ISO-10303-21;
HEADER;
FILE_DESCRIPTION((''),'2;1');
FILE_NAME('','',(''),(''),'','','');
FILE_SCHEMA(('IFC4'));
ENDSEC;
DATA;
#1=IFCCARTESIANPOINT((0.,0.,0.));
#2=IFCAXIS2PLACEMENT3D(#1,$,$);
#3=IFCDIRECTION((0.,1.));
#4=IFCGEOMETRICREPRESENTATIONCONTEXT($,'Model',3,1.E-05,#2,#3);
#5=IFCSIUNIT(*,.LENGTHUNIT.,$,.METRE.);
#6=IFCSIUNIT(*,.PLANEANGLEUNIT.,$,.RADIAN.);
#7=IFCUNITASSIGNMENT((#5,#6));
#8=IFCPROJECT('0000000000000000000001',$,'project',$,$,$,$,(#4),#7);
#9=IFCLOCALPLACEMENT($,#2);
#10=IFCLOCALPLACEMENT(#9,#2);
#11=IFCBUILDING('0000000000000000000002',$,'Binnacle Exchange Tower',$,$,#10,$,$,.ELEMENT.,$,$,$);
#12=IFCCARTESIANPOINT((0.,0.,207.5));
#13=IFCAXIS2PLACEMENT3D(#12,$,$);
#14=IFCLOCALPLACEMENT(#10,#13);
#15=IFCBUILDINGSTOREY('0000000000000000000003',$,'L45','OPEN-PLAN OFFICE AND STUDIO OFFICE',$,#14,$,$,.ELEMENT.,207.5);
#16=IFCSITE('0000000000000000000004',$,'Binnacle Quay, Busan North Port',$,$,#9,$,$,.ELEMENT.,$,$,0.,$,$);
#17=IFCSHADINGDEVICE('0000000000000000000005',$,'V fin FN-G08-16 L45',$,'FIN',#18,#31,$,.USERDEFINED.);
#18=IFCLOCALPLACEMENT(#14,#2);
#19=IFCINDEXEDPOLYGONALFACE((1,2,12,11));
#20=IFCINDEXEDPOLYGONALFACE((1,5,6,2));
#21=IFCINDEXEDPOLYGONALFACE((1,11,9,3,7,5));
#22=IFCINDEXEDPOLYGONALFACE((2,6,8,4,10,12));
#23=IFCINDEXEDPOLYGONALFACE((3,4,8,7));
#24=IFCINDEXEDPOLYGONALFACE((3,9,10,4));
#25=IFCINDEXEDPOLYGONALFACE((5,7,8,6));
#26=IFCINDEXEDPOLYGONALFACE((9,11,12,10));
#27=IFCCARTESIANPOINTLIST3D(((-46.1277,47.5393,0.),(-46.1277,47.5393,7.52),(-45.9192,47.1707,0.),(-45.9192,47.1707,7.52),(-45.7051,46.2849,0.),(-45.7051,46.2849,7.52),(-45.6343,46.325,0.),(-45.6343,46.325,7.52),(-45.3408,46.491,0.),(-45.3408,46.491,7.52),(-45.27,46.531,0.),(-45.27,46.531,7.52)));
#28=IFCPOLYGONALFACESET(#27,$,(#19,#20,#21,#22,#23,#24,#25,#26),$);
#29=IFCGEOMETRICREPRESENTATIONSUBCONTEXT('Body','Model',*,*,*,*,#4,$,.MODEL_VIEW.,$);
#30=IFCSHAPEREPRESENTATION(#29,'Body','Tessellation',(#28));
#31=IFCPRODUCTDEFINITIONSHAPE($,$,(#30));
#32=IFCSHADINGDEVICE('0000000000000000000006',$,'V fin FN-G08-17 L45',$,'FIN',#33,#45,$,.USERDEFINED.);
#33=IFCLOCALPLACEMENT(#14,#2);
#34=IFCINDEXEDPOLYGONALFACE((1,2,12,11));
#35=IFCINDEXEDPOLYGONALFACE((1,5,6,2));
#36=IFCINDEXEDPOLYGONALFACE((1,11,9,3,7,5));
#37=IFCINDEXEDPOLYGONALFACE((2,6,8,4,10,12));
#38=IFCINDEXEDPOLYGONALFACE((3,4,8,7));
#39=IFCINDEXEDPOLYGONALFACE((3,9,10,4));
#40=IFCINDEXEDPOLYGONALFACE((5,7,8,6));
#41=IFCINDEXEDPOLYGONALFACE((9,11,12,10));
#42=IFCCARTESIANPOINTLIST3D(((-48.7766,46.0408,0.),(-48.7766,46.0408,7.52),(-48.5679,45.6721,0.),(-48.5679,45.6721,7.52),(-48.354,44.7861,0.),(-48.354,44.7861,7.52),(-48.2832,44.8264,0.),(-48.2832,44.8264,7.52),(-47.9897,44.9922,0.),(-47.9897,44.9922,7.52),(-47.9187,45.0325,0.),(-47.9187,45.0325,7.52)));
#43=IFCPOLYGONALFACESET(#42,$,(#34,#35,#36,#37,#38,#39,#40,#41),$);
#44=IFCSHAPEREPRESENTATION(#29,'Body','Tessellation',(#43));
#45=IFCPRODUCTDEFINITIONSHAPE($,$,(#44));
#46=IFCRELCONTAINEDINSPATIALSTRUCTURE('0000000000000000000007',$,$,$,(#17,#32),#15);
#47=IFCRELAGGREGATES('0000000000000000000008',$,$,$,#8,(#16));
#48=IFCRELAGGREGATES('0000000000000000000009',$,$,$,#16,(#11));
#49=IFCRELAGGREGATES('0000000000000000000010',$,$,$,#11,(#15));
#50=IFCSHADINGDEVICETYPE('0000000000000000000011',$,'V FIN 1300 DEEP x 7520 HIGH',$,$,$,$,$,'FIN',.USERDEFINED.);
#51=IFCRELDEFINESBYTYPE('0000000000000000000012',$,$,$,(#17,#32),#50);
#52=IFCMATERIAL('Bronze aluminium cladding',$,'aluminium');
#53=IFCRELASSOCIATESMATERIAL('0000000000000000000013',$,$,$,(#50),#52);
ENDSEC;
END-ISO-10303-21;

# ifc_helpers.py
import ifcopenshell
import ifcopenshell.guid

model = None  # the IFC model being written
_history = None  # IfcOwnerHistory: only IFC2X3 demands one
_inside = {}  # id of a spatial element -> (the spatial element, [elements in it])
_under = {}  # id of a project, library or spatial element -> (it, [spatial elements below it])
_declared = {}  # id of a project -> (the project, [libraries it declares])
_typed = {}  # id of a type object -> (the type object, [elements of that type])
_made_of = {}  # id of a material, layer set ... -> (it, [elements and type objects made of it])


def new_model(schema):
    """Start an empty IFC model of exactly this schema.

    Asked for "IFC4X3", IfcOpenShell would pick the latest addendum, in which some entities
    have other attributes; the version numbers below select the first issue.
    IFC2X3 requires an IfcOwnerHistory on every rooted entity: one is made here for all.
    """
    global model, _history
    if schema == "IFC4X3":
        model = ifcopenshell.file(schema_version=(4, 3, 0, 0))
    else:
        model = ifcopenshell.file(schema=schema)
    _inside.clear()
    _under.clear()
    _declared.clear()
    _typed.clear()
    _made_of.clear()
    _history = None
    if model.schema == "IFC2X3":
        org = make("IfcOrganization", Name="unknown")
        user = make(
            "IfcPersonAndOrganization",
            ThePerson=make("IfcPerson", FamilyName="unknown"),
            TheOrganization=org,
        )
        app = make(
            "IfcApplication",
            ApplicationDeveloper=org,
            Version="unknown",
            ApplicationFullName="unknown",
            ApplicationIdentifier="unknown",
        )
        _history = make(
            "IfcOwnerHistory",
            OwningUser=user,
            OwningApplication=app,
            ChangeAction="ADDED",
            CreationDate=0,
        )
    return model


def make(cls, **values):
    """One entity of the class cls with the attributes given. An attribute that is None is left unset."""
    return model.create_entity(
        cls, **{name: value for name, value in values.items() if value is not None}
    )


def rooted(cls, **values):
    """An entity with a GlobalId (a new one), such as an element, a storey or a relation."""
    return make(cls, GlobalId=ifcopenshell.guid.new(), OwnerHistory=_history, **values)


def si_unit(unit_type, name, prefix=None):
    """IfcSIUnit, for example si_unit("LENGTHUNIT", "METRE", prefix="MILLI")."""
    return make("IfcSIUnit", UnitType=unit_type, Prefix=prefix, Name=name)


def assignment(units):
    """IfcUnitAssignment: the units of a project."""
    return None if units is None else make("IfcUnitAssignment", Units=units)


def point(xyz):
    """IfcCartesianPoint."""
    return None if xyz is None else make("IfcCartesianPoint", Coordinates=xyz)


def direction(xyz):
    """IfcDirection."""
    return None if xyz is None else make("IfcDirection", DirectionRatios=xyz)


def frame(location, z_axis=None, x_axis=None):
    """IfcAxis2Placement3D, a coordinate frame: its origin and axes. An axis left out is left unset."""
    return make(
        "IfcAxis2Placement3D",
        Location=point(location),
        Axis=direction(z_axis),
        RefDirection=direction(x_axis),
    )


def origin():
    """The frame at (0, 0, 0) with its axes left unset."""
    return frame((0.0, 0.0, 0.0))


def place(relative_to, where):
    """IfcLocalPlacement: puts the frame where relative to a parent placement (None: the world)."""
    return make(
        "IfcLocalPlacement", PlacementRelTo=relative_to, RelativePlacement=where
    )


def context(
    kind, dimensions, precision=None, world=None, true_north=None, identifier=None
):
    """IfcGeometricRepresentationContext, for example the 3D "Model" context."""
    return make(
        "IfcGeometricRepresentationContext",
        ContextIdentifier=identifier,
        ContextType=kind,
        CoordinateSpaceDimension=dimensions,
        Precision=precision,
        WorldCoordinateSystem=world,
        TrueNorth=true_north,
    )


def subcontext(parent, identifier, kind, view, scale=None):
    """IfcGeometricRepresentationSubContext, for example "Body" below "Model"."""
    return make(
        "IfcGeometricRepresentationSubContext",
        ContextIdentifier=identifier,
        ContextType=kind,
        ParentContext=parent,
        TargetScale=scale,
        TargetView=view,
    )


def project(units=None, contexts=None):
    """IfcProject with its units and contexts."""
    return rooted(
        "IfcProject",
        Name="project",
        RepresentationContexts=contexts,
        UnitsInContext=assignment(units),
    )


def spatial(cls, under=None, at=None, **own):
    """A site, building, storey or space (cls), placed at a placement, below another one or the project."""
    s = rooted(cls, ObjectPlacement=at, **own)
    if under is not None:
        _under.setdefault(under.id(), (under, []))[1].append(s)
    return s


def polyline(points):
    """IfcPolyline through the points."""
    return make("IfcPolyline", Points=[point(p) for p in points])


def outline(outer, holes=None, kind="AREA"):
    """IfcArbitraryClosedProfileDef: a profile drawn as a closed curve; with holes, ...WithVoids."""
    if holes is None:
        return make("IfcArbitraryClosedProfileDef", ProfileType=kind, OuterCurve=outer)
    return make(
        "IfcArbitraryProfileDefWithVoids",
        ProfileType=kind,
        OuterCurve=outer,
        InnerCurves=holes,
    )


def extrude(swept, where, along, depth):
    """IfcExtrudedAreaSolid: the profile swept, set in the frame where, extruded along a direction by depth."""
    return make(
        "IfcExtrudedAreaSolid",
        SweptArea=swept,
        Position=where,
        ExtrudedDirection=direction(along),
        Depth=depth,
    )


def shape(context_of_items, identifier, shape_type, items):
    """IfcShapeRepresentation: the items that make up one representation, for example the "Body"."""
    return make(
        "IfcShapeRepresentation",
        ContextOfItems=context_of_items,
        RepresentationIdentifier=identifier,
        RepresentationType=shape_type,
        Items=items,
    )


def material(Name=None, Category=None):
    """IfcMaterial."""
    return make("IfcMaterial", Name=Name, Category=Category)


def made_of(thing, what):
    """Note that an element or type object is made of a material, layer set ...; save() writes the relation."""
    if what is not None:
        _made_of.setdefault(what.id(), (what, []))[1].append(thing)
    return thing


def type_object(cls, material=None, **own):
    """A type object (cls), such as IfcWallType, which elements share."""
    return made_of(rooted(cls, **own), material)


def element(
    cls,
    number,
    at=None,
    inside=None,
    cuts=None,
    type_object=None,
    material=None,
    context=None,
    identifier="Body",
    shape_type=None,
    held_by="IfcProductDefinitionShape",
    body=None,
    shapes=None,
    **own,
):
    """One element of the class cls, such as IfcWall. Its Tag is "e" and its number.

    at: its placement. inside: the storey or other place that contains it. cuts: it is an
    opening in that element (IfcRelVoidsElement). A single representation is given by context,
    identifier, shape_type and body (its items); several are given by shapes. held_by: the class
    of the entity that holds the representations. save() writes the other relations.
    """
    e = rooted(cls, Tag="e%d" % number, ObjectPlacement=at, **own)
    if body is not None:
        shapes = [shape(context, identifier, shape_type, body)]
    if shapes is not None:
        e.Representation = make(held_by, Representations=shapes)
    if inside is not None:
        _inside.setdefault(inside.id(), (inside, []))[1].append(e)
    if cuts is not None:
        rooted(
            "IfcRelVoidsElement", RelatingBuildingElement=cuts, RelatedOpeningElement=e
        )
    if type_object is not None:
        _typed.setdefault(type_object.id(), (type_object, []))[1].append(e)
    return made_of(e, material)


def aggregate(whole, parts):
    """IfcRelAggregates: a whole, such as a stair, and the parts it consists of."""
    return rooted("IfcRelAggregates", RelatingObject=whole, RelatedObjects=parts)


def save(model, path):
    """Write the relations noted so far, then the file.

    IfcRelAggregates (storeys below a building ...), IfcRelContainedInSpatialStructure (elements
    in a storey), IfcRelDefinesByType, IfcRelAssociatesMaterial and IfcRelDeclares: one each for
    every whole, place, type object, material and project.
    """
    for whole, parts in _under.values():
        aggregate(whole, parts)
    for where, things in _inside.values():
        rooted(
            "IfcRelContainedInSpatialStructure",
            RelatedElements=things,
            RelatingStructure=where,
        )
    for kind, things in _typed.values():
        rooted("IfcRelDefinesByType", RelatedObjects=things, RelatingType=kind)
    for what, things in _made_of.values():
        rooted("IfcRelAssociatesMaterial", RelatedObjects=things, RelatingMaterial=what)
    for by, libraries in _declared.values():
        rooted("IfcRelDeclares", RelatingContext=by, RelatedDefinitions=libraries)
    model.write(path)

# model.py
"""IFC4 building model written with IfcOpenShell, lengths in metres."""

from ifc_helpers import new_model, si_unit, direction, frame, origin, place, context, subcontext, project, spatial, polyline, outline, extrude, material, type_object, element, save


model = new_model("IFC4")

# Units and contexts
model_context = context("Model", 3, precision=1e-05, world=origin(), true_north=direction((0.0, 1.0)))
body_context = subcontext(model_context, "Body", "Model", "MODEL_VIEW")
ifc_project = project(units=[si_unit("LENGTHUNIT", "METRE"), si_unit("PLANEANGLEUNIT", "RADIAN")], contexts=[model_context])

# Site, building, storey
site_placement = place(None, origin())
site = spatial("IfcSite", under=ifc_project, at=site_placement, Name="Binnacle Quay, Busan North Port", CompositionType="ELEMENT", RefElevation=0.0)
building_placement = place(site_placement, origin())
building = spatial("IfcBuilding", under=site, at=building_placement, Name="Binnacle Exchange Tower", CompositionType="ELEMENT")
storey_placement = place(building_placement, frame((0.0, 0.0, 207.5)))
storey = spatial("IfcBuildingStorey", under=building, at=storey_placement, Name="L45", Description="OPEN-PLAN OFFICE AND STUDIO OFFICE", CompositionType="ELEMENT", Elevation=207.5)

# Shading devices
ifc_material_1 = material(Name="Bronze aluminium cladding", Category="aluminium")
shading_device_type = type_object("IfcShadingDeviceType", Name="V FIN 1300 DEEP x 7520 HIGH", ElementType="FIN", PredefinedType="USERDEFINED", material=ifc_material_1)
shading_device_1_placement = place(storey_placement, origin())
element("IfcShadingDevice", 1, at=shading_device_1_placement, inside=storey, type_object=shading_device_type, Name="V fin FN-G08-16 L45", ObjectType="FIN", PredefinedType="USERDEFINED", context=body_context, shape_type="SweptSolid", body=[
    extrude(outline(polyline([(-45.27, 46.531), (-46.1277, 47.5393), (-45.7051, 46.2849), (-45.6343, 46.325), (-45.9192, 47.1707), (-45.3408, 46.491), (-45.27, 46.531)])), origin(), (0.0, 0.0, 1.0), 7.52),
])
shading_device_2_placement = place(storey_placement, origin())
element("IfcShadingDevice", 2, at=shading_device_2_placement, inside=storey, type_object=shading_device_type, Name="V fin FN-G08-17 L45", ObjectType="FIN", PredefinedType="USERDEFINED", context=body_context, shape_type="SweptSolid", body=[
    extrude(outline(polyline([(-47.9187, 45.0325), (-48.7766, 46.0408), (-48.354, 44.7861), (-48.2832, 44.8264), (-48.5679, 45.6721), (-47.9897, 44.9922), (-47.9187, 45.0325)])), origin(), (0.0, 0.0, 1.0), 7.52),
])

save(model, "model.ifc")
